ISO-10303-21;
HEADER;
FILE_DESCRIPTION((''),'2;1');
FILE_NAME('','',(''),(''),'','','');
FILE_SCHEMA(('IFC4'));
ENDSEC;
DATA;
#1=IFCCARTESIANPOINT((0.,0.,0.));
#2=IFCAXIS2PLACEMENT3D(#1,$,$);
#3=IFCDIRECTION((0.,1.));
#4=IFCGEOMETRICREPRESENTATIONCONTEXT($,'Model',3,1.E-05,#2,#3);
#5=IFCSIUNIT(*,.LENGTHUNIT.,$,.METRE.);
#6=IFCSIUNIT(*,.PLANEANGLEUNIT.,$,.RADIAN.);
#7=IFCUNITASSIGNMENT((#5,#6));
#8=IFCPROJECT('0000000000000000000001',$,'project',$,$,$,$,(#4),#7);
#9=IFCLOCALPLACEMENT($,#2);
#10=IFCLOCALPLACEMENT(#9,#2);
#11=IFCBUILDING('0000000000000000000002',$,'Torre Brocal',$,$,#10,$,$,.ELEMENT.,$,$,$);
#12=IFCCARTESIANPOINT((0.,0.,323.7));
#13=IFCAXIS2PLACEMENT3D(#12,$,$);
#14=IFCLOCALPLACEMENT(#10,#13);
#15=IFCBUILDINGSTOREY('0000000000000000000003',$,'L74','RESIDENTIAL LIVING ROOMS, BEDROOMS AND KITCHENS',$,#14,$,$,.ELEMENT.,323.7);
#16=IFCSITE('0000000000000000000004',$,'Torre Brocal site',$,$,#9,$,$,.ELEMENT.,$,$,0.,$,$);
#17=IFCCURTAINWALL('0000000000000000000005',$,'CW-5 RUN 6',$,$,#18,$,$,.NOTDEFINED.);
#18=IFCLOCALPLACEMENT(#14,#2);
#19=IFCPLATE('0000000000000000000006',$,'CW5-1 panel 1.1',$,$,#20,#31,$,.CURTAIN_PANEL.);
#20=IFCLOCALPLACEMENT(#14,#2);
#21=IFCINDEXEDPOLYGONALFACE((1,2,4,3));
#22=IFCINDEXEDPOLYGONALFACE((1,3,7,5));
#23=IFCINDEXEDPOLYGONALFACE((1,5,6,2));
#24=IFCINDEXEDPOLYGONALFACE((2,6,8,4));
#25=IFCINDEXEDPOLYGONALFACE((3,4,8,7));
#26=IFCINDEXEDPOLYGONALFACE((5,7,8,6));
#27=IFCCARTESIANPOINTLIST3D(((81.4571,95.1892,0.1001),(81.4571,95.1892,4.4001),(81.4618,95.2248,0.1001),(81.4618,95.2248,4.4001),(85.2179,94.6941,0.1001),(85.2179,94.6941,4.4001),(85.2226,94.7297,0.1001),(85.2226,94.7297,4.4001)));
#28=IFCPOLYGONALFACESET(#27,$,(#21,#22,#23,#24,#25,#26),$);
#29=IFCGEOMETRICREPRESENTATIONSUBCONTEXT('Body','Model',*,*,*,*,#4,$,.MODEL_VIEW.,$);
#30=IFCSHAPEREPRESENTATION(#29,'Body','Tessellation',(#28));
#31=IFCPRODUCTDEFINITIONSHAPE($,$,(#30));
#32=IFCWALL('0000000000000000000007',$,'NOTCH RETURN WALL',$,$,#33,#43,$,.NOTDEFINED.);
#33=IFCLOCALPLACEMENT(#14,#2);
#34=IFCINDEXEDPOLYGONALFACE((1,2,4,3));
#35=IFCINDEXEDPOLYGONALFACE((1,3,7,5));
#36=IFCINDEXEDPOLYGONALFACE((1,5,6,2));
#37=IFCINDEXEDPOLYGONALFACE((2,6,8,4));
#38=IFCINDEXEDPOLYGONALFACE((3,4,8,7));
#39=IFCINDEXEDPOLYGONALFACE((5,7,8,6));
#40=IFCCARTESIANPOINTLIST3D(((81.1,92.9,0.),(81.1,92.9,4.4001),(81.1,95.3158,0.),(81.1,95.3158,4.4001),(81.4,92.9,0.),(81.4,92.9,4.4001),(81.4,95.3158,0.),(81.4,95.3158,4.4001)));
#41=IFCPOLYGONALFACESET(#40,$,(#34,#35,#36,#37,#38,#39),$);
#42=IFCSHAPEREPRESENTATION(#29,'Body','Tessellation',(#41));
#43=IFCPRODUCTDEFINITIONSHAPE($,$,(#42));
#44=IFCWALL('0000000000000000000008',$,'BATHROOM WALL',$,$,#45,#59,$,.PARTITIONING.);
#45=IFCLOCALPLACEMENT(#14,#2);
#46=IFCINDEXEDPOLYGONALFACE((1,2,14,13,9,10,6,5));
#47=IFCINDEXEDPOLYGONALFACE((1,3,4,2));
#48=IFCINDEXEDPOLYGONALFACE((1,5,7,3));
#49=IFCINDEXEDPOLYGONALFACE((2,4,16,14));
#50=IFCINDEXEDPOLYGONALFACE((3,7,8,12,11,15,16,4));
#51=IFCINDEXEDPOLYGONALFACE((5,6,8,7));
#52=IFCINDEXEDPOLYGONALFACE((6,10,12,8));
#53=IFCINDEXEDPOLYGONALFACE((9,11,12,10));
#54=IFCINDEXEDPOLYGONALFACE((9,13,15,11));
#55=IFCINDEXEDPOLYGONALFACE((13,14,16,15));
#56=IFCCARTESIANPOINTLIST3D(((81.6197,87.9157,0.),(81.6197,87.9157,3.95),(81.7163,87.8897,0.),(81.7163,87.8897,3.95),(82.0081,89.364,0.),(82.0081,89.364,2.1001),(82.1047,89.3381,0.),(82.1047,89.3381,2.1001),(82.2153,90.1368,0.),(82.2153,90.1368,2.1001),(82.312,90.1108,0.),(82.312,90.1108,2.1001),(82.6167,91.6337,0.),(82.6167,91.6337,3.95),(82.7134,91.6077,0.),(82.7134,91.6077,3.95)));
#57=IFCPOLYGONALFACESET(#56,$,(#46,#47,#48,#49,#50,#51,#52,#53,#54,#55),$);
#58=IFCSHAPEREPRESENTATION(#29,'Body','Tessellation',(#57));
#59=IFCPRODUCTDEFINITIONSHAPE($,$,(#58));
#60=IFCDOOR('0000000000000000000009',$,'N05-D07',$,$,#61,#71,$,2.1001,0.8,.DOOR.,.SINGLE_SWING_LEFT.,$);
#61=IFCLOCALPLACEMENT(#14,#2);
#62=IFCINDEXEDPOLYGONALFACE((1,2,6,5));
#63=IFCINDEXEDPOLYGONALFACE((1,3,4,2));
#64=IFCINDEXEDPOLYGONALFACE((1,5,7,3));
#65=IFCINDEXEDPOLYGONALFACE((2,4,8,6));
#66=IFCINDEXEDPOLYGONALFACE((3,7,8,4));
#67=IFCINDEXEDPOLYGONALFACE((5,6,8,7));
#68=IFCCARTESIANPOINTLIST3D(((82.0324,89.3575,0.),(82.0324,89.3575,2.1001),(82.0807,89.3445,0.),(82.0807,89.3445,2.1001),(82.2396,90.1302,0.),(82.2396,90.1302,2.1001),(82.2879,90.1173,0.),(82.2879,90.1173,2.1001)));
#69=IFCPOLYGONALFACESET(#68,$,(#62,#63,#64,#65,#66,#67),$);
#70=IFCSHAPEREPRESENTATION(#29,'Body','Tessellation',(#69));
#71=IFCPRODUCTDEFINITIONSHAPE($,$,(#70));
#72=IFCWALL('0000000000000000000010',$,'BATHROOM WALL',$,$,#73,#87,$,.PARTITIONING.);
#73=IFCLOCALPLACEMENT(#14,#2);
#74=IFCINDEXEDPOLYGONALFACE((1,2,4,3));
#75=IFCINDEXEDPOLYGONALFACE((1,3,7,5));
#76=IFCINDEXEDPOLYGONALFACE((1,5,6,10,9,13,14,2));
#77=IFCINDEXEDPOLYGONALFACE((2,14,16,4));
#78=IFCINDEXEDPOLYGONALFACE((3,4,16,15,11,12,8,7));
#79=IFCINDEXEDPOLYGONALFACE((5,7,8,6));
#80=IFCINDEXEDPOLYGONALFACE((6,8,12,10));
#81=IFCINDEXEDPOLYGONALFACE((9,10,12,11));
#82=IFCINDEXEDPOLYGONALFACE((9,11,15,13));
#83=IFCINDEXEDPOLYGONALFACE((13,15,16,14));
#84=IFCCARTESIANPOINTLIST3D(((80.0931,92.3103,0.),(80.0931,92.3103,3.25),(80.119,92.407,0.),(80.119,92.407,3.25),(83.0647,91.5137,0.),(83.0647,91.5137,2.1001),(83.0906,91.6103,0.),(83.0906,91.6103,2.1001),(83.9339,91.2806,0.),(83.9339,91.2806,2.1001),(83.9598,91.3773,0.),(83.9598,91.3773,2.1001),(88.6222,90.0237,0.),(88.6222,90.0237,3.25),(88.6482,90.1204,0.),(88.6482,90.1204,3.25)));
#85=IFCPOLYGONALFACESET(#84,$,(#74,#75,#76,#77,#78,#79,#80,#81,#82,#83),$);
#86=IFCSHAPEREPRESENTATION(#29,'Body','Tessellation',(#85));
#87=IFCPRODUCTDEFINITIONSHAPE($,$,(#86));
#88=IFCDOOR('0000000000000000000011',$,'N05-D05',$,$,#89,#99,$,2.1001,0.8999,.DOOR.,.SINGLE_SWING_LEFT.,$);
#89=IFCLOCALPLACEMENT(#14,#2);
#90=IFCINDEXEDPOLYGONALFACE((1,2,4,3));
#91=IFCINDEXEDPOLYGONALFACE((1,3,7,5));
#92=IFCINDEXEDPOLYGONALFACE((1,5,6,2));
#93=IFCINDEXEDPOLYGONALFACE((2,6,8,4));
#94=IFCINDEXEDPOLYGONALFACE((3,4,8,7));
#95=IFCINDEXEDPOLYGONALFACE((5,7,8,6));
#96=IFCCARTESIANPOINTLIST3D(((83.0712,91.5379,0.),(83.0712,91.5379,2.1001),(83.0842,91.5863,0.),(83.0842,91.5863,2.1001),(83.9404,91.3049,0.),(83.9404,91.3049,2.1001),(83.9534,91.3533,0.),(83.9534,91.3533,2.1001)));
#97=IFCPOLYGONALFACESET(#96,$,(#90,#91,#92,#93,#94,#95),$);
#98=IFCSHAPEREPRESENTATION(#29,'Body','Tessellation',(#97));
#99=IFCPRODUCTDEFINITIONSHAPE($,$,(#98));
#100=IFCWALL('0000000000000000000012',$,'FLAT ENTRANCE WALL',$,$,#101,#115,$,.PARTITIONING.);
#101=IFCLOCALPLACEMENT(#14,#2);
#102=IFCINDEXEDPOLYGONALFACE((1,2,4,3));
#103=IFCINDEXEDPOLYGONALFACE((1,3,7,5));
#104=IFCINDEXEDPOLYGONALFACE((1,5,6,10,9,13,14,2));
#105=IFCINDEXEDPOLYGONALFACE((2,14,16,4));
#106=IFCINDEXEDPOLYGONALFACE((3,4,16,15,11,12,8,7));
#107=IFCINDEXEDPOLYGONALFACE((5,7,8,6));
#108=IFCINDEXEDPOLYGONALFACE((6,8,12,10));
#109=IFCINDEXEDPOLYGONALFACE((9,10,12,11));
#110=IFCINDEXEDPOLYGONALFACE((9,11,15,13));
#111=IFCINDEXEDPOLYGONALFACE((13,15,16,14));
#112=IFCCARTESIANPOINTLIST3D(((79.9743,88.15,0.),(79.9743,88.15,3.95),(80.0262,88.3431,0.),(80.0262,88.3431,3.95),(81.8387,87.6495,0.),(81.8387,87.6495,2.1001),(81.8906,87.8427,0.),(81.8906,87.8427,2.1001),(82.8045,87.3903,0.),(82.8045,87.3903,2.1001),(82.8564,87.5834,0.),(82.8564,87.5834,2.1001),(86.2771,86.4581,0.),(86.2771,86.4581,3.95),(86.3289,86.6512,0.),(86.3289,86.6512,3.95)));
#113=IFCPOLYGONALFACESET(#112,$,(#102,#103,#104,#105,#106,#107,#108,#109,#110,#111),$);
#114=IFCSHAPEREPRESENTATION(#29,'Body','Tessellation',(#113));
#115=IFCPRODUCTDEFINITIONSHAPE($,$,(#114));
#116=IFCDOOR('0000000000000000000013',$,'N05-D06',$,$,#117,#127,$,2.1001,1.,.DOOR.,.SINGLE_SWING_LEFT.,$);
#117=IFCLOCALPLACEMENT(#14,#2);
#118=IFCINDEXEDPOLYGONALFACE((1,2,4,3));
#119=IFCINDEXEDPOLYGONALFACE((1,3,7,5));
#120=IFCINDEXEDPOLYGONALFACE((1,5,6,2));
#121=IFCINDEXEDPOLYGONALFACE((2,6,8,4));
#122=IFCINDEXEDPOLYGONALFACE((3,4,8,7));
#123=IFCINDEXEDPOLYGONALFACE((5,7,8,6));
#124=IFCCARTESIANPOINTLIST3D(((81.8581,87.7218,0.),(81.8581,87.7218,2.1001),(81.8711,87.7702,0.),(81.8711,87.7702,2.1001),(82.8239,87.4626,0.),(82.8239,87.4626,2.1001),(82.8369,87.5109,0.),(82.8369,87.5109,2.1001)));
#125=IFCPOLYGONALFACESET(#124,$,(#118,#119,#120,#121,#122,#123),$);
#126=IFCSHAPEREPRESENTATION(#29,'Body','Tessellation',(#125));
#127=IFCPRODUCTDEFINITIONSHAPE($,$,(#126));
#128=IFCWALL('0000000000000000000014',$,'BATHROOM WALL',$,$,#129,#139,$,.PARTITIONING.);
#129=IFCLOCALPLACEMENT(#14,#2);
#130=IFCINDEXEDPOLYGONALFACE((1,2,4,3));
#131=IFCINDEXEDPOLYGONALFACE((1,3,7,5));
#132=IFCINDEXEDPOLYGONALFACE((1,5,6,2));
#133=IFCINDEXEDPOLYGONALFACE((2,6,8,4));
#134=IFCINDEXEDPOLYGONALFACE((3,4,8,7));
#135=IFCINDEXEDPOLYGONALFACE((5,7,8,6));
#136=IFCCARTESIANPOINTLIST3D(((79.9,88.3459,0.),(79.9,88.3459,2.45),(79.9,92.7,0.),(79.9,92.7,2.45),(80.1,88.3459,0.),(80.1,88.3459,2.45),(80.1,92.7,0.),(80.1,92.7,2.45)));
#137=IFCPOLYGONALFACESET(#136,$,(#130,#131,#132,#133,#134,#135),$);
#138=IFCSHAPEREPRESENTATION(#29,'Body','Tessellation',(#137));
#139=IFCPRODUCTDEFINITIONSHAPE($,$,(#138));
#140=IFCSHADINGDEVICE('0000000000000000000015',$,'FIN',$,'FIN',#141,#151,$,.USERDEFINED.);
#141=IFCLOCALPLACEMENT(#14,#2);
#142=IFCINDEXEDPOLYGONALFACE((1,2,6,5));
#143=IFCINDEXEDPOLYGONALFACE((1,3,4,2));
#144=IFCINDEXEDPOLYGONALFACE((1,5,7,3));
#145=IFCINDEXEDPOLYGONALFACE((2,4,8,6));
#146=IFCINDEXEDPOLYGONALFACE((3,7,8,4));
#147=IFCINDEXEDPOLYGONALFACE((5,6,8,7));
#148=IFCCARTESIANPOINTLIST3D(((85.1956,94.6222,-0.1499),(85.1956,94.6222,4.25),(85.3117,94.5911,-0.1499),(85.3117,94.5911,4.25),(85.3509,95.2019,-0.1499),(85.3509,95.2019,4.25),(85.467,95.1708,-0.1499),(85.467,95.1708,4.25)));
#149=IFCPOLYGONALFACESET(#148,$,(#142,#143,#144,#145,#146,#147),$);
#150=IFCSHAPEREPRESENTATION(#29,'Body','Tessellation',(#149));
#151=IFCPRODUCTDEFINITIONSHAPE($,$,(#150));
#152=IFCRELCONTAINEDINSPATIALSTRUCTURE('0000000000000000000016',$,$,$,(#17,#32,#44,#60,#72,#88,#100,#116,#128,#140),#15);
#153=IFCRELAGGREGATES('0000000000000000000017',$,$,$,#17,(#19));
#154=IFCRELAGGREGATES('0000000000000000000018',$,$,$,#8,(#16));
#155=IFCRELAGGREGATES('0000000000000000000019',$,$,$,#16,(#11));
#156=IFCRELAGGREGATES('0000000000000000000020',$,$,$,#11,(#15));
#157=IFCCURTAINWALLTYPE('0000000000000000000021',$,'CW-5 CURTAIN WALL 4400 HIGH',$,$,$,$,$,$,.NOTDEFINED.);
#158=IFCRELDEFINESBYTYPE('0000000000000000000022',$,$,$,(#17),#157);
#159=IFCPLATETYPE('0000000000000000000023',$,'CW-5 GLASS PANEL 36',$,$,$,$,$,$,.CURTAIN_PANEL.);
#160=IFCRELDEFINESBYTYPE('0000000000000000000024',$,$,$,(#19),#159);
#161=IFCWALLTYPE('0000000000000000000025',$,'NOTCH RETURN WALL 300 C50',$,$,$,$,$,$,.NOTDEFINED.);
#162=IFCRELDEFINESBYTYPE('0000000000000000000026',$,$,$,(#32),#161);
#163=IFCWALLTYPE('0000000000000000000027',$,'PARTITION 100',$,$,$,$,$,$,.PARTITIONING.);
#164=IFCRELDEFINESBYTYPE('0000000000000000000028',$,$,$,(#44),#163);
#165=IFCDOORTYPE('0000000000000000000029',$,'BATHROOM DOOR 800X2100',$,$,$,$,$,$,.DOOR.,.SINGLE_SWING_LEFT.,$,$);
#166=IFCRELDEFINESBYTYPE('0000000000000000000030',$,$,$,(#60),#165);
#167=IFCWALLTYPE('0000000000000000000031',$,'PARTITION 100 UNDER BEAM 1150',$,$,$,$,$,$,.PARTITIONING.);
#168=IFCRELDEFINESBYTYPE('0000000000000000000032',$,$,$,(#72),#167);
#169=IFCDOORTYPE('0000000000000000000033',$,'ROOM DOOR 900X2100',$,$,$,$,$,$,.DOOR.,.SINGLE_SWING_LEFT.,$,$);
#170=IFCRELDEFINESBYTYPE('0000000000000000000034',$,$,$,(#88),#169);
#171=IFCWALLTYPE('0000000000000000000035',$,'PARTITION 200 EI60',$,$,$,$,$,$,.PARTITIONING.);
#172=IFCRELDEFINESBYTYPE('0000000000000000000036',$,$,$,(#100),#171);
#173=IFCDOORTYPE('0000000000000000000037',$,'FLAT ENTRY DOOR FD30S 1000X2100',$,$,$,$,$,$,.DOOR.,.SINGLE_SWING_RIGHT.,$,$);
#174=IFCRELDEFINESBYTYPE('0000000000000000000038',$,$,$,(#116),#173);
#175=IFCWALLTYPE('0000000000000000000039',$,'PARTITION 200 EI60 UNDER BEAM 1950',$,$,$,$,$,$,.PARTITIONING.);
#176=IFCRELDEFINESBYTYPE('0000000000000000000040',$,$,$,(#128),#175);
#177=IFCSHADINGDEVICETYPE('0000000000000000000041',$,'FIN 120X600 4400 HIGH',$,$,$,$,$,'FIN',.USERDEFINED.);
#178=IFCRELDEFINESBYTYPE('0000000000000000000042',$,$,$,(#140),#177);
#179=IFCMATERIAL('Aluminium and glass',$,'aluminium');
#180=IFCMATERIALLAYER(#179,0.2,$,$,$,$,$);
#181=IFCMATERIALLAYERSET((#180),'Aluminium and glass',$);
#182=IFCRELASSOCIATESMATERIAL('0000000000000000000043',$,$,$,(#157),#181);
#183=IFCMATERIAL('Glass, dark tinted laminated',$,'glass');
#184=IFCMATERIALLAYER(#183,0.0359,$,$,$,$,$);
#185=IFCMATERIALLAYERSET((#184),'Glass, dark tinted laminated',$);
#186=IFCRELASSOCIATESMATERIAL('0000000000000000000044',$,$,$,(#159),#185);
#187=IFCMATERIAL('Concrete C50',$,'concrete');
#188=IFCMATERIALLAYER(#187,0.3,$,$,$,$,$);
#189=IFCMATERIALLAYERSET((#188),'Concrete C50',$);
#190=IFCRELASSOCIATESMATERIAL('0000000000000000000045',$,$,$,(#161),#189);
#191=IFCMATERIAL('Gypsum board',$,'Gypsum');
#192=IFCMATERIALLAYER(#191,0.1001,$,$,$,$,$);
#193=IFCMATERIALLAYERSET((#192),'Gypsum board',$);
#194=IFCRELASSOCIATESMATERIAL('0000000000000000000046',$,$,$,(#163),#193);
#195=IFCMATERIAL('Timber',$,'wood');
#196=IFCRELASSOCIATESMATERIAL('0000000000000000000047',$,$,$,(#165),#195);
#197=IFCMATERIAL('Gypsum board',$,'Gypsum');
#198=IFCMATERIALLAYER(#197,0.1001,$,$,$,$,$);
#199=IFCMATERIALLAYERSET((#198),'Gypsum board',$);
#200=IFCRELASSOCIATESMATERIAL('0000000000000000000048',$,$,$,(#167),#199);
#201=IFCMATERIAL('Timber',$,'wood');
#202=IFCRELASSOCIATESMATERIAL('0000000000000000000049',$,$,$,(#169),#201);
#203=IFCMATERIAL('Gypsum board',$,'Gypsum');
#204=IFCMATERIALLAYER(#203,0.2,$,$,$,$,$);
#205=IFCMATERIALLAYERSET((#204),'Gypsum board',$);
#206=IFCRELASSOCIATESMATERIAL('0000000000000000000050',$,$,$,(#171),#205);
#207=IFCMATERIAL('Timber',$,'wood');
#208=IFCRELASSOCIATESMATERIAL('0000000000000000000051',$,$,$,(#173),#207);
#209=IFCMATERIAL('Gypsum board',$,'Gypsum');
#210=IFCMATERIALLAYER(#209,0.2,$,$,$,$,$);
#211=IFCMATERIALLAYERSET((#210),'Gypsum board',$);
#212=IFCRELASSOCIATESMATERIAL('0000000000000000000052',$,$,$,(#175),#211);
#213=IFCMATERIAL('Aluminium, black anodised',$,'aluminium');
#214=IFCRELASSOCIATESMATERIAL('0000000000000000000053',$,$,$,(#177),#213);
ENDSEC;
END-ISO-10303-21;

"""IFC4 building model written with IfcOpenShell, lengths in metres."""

from ifc_helpers import new_model, si_unit, direction, frame, frame_2d, origin, origin_2d, place, context, subcontext, project, spatial, rectangle, extrude, material, layer, layer_set, material_profile, profile_set, type_object, element, fill, aggregate, save


model = new_model("IFC4")

# Units and contexts
model_context = context("Model", 3, precision=1e-05, world=origin(), true_north=direction((0.0, 1.0)))
body_context = subcontext(model_context, "Body", "Model", "MODEL_VIEW")
ifc_project = project(units=[si_unit("LENGTHUNIT", "METRE"), si_unit("PLANEANGLEUNIT", "RADIAN")], contexts=[model_context])

# Site, building, storey
site_placement = place(None, origin())
site = spatial("IfcSite", under=ifc_project, at=site_placement, Name="Torre Brocal site", CompositionType="ELEMENT", RefElevation=0.0)
building_placement = place(site_placement, origin())
building = spatial("IfcBuilding", under=site, at=building_placement, Name="Torre Brocal", CompositionType="ELEMENT")
storey_placement = place(building_placement, frame((0.0, 0.0, 323.7)))
storey = spatial("IfcBuildingStorey", under=building, at=storey_placement, Name="L74", Description="RESIDENTIAL LIVING ROOMS, BEDROOMS AND KITCHENS", CompositionType="ELEMENT", Elevation=323.7)

# Curtain wall
ifc_material_1 = material(Name="Aluminium and glass", Category="aluminium")
ifc_layer_1 = layer(ifc_material_1, 0.2)
ifc_layer_set_1 = layer_set([ifc_layer_1], Name="Aluminium and glass")
curtain_wall_type = type_object("IfcCurtainWallType", Name="CW-5 CURTAIN WALL 4400 HIGH", PredefinedType="NOTDEFINED", material=ifc_layer_set_1)
curtain_wall_1_placement = place(storey_placement, origin())
curtain_wall_1 = element("IfcCurtainWall", 1, at=curtain_wall_1_placement, inside=storey, type_object=curtain_wall_type, Name="CW-5 RUN 6", PredefinedType="NOTDEFINED")

# Plate
ifc_material_2 = material(Name="Glass, dark tinted laminated", Category="glass")
ifc_layer_2 = layer(ifc_material_2, 0.0359)
ifc_layer_set_2 = layer_set([ifc_layer_2], Name="Glass, dark tinted laminated")
plate_type = type_object("IfcPlateType", Name="CW-5 GLASS PANEL 36", PredefinedType="CURTAIN_PANEL", material=ifc_layer_set_2)
plate_1_placement = place(storey_placement, frame((83.3398, 94.9595, 0.1001), z_axis=(0.0, 0.0, 1.0), x_axis=(-0.991445, 0.130526, 0.0)))
plate_1 = element("IfcPlate", 2, at=plate_1_placement, type_object=plate_type, Name="CW5-1 panel 1.1", PredefinedType="CURTAIN_PANEL", context=body_context, shape_type="SweptSolid", body=[
    extrude(rectangle(XDim=3.7932, YDim=0.0359, at=origin_2d()), origin(), (0.0, 0.0, 1.0), 4.3),
])
aggregate(curtain_wall_1, [plate_1])

# Wall
ifc_material_3 = material(Name="Concrete C50", Category="concrete")
ifc_layer_3 = layer(ifc_material_3, 0.3)
ifc_layer_set_3 = layer_set([ifc_layer_3], Name="Concrete C50")
wall_type_1 = type_object("IfcWallType", Name="NOTCH RETURN WALL 300 C50", PredefinedType="NOTDEFINED", material=ifc_layer_set_3)
wall_1_placement = place(storey_placement, frame((81.25, 92.8999, 0.0), z_axis=(0.0, 0.0, 1.0), x_axis=(0.0, 1.0, 0.0)))
element("IfcWall", 3, at=wall_1_placement, inside=storey, type_object=wall_type_1, Name="NOTCH RETURN WALL", PredefinedType="NOTDEFINED", context=body_context, shape_type="SweptSolid", body=[
    extrude(rectangle(XDim=2.4158, YDim=0.3, at=frame_2d((1.208, 0.0))), origin(), (0.0, 0.0, 1.0), 4.4001),
])

# Walls, openings, doors
ifc_material_4 = material(Name="Gypsum board", Category="Gypsum")
ifc_layer_4 = layer(ifc_material_4, 0.1001)
ifc_layer_set_4 = layer_set([ifc_layer_4], Name="Gypsum board")
wall_type_2 = type_object("IfcWallType", Name="PARTITION 100", PredefinedType="PARTITIONING", material=ifc_layer_set_4)
wall_2_placement = place(storey_placement, frame((81.668, 87.9026, 0.0), z_axis=(0.0, 0.0, 1.0), x_axis=(0.25902, 0.965872, 0.0)))
wall_2 = element("IfcWall", 4, at=wall_2_placement, inside=storey, type_object=wall_type_2, Name="BATHROOM WALL", PredefinedType="PARTITIONING", context=body_context, shape_type="SweptSolid", body=[
    extrude(rectangle(XDim=3.8494, YDim=0.1001, at=frame_2d((1.9248, 0.0))), origin(), (0.0, 0.0, 1.0), 3.95),
])
opening_1_placement = place(wall_2_placement, frame((1.4998, 0.0, 0.0)))
opening_1 = element("IfcOpeningElement", 5, at=opening_1_placement, cuts=wall_2, PredefinedType="OPENING", context=body_context, shape_type="SweptSolid", body=[
    extrude(rectangle(XDim=0.8, YDim=2.1001, at=frame_2d((0.3999, 1.05))), frame((0.0, 0.0601, 0.0), z_axis=(0.0, -1.0, 0.0), x_axis=(1.0, 0.0, 0.0)), (0.0, 0.0, 1.0), 0.1201),
])
ifc_material_5 = material(Name="Timber", Category="wood")
door_type_1 = type_object("IfcDoorType", Name="BATHROOM DOOR 800X2100", OperationType="SINGLE_SWING_LEFT", PredefinedType="DOOR", material=ifc_material_5)
door_1_placement = place(opening_1_placement, origin())
door_1 = element("IfcDoor", 6, at=door_1_placement, inside=storey, type_object=door_type_1, Name="N05-D07", OperationType="SINGLE_SWING_LEFT", OverallHeight=2.1001, OverallWidth=0.8, PredefinedType="DOOR", context=body_context, shape_type="SweptSolid", body=[
    extrude(rectangle(XDim=0.8, YDim=2.1001, at=frame_2d((0.3999, 1.05))), frame((0.0, 0.0249, 0.0), z_axis=(0.0, -1.0, 0.0), x_axis=(1.0, 0.0, 0.0)), (0.0, 0.0, 1.0), 0.05),
])
fill(opening_1, door_1)
ifc_material_6 = material(Name="Gypsum board", Category="Gypsum")
ifc_layer_5 = layer(ifc_material_6, 0.1001)
ifc_layer_set_5 = layer_set([ifc_layer_5], Name="Gypsum board")
wall_type_3 = type_object("IfcWallType", Name="PARTITION 100 UNDER BEAM 1150", PredefinedType="PARTITIONING", material=ifc_layer_set_5)
wall_3_placement = place(storey_placement, frame((80.1062, 92.3586, 0.0), z_axis=(0.0, 0.0, 1.0), x_axis=(0.96589, -0.258953, 0.0)))
wall_3 = element("IfcWall", 7, at=wall_3_placement, inside=storey, type_object=wall_type_3, Name="BATHROOM WALL", PredefinedType="PARTITIONING", context=body_context, shape_type="SweptSolid", body=[
    extrude(rectangle(XDim=8.8303, YDim=0.1001, at=frame_2d((4.415, 0.0))), origin(), (0.0, 0.0, 1.0), 3.25),
])
opening_2_placement = place(wall_3_placement, frame((3.0764, 0.0, 0.0)))
opening_2 = element("IfcOpeningElement", 8, at=opening_2_placement, cuts=wall_3, PredefinedType="OPENING", context=body_context, shape_type="SweptSolid", body=[
    extrude(rectangle(XDim=0.8999, YDim=2.1001, at=frame_2d((0.45, 1.05))), frame((0.0, 0.0601, 0.0), z_axis=(0.0, -1.0, 0.0), x_axis=(1.0, 0.0, 0.0)), (0.0, 0.0, 1.0), 0.1201),
])
ifc_material_7 = material(Name="Timber", Category="wood")
door_type_2 = type_object("IfcDoorType", Name="ROOM DOOR 900X2100", OperationType="SINGLE_SWING_LEFT", PredefinedType="DOOR", material=ifc_material_7)
door_2_placement = place(opening_2_placement, frame((0.8999, 0.0, 0.0), z_axis=(0.0, 0.0, 1.0), x_axis=(-1.0, 0.0, 0.0)))
door_2 = element("IfcDoor", 9, at=door_2_placement, inside=storey, type_object=door_type_2, Name="N05-D05", OperationType="SINGLE_SWING_LEFT", OverallHeight=2.1001, OverallWidth=0.8999, PredefinedType="DOOR", context=body_context, shape_type="SweptSolid", body=[
    extrude(rectangle(XDim=0.8999, YDim=2.1001, at=frame_2d((0.45, 1.05))), frame((0.0, 0.0249, 0.0), z_axis=(0.0, -1.0, 0.0), x_axis=(1.0, 0.0, 0.0)), (0.0, 0.0, 1.0), 0.05),
])
fill(opening_2, door_2)
ifc_material_8 = material(Name="Gypsum board", Category="Gypsum")
ifc_layer_6 = layer(ifc_material_8, 0.2)
ifc_layer_set_6 = layer_set([ifc_layer_6], Name="Gypsum board")
wall_type_4 = type_object("IfcWallType", Name="PARTITION 200 EI60", PredefinedType="PARTITIONING", material=ifc_layer_set_6)
wall_4_placement = place(storey_placement, frame((80.0002, 88.2466, 0.0), z_axis=(0.0, 0.0, 1.0), x_axis=(0.965808, -0.25926, 0.0)))
wall_4 = element("IfcWall", 10, at=wall_4_placement, inside=storey, type_object=wall_type_4, Name="FLAT ENTRANCE WALL", PredefinedType="PARTITIONING", context=body_context, shape_type="SweptSolid", body=[
    extrude(rectangle(XDim=6.5259, YDim=0.2, at=frame_2d((3.2629, 0.0))), origin(), (0.0, 0.0, 1.0), 3.95),
])
opening_3_placement = place(wall_4_placement, frame((1.9304, 0.0, 0.0)))
opening_3 = element("IfcOpeningElement", 11, at=opening_3_placement, cuts=wall_4, PredefinedType="OPENING", context=body_context, shape_type="SweptSolid", body=[
    extrude(rectangle(XDim=1.0, YDim=2.1001, at=frame_2d((0.5, 1.05))), frame((0.0, 0.1099, 0.0), z_axis=(0.0, -1.0, 0.0), x_axis=(1.0, 0.0, 0.0)), (0.0, 0.0, 1.0), 0.22),
])
ifc_material_9 = material(Name="Timber", Category="wood")
door_type_3 = type_object("IfcDoorType", Name="FLAT ENTRY DOOR FD30S 1000X2100", OperationType="SINGLE_SWING_RIGHT", PredefinedType="DOOR", material=ifc_material_9)
door_3_placement = place(opening_3_placement, origin())
door_3 = element("IfcDoor", 12, at=door_3_placement, inside=storey, type_object=door_type_3, Name="N05-D06", OperationType="SINGLE_SWING_LEFT", OverallHeight=2.1001, OverallWidth=1.0, PredefinedType="DOOR", context=body_context, shape_type="SweptSolid", body=[
    extrude(rectangle(XDim=1.0, YDim=2.1001, at=frame_2d((0.5, 1.05))), frame((0.0, 0.0249, 0.0), z_axis=(0.0, -1.0, 0.0), x_axis=(1.0, 0.0, 0.0)), (0.0, 0.0, 1.0), 0.05),
])
fill(opening_3, door_3)

# Wall
ifc_material_10 = material(Name="Gypsum board", Category="Gypsum")
ifc_layer_7 = layer(ifc_material_10, 0.2)
ifc_layer_set_7 = layer_set([ifc_layer_7], Name="Gypsum board")
wall_type_5 = type_object("IfcWallType", Name="PARTITION 200 EI60 UNDER BEAM 1950", PredefinedType="PARTITIONING", material=ifc_layer_set_7)
wall_5_placement = place(storey_placement, frame((80.0, 88.3459, 0.0), z_axis=(0.0, 0.0, 1.0), x_axis=(0.0, 1.0, 0.0)))
element("IfcWall", 13, at=wall_5_placement, inside=storey, type_object=wall_type_5, Name="BATHROOM WALL", PredefinedType="PARTITIONING", context=body_context, shape_type="SweptSolid", body=[
    extrude(rectangle(XDim=4.354, YDim=0.2, at=frame_2d((2.177, 0.0))), origin(), (0.0, 0.0, 1.0), 2.45),
])

# Shading device
ifc_material_11 = material(Name="Aluminium, black anodised", Category="aluminium")
ifc_material_profile_1 = material_profile(ifc_material_11, rectangle(XDim=0.1201, YDim=0.6001, at=origin_2d()), Name="FIN 120X600 4400 HIGH")
ifc_profile_set_1 = profile_set([ifc_material_profile_1], Name="Aluminium, black anodised")
shading_device_type = type_object("IfcShadingDeviceType", Name="FIN 120X600 4400 HIGH", ElementType="FIN", PredefinedType="USERDEFINED", material=ifc_profile_set_1)
shading_device_placement = place(storey_placement, frame((85.3313, 94.8965, -0.1499), z_axis=(0.0, 0.0, 1.0), x_axis=(-0.965926, 0.258819, 0.0)))
element("IfcShadingDevice", 14, at=shading_device_placement, inside=storey, type_object=shading_device_type, Name="FIN", ObjectType="FIN", PredefinedType="USERDEFINED", context=body_context, shape_type="SweptSolid", body=[
    extrude(rectangle(XDim=0.1201, YDim=0.6001, at=origin_2d()), origin(), (0.0, 0.0, 1.0), 4.3999),
])

save(model, "model.ifc")
